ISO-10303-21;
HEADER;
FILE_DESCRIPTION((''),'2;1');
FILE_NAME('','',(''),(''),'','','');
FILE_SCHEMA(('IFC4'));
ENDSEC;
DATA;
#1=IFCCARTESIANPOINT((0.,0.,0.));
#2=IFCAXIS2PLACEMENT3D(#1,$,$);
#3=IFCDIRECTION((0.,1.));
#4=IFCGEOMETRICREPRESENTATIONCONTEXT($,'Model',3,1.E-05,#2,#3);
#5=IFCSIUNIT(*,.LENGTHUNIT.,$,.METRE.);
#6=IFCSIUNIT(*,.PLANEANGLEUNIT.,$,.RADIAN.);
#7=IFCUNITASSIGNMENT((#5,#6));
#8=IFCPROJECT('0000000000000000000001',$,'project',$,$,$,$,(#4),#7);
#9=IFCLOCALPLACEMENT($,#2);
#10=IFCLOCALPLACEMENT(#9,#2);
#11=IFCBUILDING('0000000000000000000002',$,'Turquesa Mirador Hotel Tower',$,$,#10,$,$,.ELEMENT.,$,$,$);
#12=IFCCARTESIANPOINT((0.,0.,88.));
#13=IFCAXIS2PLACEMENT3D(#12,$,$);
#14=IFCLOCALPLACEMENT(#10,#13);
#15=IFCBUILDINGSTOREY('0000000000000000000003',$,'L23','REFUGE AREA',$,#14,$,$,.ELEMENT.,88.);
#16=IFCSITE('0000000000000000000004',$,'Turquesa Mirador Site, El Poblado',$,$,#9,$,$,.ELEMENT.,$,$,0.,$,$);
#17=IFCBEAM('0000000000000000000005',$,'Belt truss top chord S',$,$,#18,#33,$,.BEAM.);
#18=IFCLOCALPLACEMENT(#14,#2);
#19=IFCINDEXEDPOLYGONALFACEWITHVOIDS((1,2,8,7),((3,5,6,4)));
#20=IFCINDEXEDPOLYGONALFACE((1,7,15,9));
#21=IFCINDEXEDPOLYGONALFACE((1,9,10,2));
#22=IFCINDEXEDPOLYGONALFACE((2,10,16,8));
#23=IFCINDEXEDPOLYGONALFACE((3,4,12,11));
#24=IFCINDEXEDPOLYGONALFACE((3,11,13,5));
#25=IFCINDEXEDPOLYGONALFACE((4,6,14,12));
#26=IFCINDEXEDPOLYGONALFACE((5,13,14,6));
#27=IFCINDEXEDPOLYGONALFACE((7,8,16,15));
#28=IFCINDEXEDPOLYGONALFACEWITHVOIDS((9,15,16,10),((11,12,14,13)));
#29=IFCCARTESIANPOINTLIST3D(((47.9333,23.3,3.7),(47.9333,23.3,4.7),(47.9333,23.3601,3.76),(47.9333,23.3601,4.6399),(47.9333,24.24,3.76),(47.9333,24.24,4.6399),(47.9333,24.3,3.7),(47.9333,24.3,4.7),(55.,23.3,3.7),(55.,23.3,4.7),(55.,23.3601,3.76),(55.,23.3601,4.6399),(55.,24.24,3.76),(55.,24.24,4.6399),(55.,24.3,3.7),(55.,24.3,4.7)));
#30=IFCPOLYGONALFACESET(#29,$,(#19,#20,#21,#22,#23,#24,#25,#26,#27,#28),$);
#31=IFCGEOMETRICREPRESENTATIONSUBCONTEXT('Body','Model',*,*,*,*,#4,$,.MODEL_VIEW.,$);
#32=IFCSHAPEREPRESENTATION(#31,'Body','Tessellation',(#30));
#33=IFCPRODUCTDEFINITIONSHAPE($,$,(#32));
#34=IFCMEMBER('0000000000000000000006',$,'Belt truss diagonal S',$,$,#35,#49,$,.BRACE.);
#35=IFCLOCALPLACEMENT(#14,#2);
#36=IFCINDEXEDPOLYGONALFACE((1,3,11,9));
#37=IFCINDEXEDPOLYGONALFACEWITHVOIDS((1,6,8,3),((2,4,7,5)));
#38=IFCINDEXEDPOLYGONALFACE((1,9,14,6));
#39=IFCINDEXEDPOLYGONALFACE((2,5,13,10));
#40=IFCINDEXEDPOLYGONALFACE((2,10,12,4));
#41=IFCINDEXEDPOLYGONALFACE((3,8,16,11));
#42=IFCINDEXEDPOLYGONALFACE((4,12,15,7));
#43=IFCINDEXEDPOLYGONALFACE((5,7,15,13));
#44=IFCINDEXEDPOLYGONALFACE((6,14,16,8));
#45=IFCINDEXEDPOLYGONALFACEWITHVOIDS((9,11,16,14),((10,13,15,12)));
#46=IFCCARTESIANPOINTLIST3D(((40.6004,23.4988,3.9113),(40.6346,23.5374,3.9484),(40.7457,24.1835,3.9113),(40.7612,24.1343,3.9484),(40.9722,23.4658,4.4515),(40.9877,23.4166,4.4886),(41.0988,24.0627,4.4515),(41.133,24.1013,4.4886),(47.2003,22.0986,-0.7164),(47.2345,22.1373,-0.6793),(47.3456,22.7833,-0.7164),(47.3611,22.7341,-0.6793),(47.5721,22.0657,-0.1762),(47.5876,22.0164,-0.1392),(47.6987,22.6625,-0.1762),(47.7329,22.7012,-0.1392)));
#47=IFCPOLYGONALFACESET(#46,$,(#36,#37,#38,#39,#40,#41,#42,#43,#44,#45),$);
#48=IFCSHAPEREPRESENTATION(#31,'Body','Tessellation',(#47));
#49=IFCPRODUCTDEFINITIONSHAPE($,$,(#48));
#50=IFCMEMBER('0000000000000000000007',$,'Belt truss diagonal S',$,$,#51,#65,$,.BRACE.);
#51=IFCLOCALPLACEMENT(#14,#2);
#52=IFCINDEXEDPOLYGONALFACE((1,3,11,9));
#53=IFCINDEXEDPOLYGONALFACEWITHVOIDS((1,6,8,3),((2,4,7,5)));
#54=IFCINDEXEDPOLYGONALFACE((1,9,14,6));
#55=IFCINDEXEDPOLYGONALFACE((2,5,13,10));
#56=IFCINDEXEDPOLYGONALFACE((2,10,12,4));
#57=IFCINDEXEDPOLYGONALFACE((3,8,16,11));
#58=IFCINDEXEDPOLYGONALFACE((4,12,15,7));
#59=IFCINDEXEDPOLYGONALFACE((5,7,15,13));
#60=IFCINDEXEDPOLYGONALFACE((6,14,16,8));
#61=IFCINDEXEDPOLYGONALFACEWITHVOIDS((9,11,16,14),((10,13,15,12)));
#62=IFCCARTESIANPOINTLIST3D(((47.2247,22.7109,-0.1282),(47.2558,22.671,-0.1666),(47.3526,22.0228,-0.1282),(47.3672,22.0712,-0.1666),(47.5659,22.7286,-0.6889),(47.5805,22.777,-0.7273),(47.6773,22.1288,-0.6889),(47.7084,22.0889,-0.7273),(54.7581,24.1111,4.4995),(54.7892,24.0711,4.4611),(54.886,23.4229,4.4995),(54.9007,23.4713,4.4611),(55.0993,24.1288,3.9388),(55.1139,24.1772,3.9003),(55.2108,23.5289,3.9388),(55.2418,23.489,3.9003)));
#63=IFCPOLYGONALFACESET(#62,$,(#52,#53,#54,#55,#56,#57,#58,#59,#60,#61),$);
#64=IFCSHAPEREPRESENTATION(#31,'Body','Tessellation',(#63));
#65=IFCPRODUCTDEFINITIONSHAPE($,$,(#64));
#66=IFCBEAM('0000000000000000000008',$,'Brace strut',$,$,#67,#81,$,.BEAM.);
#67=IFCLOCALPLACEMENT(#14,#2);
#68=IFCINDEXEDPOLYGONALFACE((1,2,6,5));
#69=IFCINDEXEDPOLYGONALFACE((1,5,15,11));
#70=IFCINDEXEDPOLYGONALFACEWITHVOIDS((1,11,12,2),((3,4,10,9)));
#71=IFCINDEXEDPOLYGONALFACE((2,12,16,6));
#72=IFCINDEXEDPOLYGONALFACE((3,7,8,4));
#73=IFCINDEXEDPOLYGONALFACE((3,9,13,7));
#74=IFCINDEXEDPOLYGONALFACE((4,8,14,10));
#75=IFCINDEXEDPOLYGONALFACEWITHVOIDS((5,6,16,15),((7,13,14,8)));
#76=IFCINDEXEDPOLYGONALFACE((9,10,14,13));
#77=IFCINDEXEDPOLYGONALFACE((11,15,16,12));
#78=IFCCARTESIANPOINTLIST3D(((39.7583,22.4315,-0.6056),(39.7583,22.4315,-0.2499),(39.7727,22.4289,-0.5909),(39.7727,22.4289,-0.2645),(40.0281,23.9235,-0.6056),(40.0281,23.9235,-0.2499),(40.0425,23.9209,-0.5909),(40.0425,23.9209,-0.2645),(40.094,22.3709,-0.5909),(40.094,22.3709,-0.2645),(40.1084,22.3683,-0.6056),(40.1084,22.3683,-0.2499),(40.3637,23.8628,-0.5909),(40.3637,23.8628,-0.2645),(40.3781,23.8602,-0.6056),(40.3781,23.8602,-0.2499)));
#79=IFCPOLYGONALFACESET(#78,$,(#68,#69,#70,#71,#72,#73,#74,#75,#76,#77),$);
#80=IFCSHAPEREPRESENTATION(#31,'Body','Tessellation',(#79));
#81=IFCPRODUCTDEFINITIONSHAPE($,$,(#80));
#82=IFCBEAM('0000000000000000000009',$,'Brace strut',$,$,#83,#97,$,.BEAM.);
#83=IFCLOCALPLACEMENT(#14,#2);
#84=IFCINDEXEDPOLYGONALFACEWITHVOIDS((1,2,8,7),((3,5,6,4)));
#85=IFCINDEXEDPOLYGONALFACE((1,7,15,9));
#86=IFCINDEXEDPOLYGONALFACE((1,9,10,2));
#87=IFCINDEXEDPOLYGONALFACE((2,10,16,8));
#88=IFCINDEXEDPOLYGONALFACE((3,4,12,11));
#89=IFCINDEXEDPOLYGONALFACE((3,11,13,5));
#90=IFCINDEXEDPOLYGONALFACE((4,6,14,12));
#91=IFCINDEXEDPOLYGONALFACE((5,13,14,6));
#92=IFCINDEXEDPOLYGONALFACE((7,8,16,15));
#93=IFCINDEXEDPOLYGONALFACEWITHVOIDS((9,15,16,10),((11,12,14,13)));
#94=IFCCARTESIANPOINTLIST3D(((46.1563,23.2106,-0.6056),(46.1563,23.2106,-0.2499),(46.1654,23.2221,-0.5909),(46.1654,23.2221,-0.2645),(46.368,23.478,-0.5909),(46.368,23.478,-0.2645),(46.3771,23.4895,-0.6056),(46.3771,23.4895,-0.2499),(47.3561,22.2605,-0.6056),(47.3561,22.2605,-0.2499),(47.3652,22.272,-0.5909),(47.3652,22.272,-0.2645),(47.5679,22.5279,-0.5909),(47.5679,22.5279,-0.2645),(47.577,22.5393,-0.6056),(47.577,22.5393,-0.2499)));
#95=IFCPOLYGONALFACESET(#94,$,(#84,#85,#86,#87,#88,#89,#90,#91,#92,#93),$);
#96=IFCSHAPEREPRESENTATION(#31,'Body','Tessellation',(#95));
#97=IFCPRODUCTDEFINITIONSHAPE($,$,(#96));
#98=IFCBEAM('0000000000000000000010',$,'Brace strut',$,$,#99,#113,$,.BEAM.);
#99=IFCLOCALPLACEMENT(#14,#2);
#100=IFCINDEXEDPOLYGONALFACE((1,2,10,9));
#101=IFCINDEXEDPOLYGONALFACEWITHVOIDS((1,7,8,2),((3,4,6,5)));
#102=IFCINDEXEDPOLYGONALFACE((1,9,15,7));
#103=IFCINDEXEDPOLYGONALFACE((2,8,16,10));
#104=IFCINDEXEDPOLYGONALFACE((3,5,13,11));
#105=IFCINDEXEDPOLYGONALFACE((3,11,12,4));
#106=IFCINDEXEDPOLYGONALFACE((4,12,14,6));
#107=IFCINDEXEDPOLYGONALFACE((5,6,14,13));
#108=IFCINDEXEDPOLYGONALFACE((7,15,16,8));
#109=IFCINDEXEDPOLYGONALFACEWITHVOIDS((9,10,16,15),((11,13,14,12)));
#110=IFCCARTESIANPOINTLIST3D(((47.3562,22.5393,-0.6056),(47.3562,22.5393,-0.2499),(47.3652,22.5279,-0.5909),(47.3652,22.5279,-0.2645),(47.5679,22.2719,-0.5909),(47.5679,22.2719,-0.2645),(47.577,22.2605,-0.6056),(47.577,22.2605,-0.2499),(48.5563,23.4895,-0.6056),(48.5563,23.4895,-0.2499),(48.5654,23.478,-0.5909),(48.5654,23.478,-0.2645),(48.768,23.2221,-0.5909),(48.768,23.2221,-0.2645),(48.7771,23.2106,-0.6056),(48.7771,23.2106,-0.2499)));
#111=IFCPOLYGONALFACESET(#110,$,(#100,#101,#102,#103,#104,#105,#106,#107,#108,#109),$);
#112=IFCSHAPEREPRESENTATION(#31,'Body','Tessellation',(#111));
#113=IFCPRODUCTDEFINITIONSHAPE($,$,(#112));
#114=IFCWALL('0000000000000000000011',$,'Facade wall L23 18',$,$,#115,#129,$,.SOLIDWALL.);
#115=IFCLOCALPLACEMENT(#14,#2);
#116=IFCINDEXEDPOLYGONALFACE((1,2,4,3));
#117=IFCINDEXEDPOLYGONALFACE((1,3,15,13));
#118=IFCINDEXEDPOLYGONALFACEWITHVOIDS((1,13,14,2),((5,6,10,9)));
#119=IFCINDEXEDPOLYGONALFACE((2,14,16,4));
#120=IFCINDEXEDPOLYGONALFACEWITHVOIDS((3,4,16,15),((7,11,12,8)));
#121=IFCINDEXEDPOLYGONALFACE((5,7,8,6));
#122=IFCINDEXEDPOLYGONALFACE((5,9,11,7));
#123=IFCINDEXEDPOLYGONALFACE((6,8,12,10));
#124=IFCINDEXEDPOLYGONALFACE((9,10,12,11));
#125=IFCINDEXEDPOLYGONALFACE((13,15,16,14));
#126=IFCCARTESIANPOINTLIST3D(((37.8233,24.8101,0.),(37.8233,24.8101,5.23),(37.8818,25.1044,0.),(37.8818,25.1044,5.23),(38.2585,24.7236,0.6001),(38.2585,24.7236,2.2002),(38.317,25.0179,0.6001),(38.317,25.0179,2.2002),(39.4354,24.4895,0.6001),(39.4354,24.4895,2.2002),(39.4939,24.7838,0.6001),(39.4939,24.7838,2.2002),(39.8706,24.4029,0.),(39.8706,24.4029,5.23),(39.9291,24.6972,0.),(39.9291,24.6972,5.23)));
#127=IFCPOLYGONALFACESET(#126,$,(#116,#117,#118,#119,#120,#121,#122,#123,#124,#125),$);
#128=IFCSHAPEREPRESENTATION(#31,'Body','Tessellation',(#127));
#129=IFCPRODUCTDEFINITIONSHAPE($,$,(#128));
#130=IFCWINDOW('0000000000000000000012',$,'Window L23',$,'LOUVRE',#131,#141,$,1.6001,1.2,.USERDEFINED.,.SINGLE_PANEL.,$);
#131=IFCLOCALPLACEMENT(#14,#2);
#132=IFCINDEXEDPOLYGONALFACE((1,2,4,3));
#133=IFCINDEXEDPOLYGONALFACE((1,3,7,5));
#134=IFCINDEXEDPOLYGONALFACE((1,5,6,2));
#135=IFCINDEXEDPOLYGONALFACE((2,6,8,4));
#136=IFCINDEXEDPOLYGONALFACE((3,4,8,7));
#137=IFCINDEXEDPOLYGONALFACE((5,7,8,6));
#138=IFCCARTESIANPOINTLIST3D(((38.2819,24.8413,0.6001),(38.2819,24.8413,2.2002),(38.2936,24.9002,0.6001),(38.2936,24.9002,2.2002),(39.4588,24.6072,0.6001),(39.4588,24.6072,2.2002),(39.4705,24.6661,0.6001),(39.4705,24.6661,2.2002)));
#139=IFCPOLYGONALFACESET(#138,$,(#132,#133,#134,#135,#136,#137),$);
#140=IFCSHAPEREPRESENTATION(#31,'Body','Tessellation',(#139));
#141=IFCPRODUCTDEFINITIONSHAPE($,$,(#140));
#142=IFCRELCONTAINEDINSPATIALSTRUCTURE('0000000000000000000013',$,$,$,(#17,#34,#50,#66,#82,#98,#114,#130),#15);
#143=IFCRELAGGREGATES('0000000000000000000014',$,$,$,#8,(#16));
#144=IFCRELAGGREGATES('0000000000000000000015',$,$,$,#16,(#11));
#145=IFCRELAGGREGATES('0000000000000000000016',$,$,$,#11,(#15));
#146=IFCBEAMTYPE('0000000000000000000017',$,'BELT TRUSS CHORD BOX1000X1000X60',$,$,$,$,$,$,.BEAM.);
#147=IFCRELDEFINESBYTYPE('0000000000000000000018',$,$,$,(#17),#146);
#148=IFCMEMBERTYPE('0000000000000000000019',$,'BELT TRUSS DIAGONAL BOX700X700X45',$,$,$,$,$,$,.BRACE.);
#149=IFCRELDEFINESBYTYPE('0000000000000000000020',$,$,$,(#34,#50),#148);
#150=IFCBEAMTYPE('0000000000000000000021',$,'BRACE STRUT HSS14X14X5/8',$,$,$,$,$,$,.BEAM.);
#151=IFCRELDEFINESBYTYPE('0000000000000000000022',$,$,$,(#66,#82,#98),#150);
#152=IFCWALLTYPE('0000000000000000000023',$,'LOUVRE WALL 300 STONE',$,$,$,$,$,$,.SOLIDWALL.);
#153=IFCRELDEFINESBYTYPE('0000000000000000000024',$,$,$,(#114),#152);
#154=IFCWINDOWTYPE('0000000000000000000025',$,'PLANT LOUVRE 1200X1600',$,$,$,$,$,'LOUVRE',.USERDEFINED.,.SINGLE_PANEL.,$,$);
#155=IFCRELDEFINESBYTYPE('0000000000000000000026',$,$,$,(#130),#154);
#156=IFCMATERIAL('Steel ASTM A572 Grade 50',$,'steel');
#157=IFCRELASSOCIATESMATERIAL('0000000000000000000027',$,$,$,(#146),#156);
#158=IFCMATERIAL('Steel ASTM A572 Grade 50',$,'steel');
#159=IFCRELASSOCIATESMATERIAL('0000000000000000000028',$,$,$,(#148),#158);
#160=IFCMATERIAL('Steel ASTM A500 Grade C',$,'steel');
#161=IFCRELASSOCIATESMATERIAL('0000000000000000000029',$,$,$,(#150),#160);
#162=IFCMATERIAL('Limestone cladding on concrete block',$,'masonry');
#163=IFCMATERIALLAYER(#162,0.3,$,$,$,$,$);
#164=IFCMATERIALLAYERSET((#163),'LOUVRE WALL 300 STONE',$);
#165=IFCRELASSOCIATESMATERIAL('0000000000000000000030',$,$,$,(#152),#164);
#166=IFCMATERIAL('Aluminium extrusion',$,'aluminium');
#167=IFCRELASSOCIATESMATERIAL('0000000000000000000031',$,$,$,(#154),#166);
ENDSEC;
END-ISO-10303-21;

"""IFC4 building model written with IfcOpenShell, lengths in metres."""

from ifc_helpers import new_model, si_unit, direction, frame, frame_2d, origin, origin_2d, place, context, subcontext, project, spatial, rectangle, hollow_rectangle, extrude, material, layer, layer_set, material_profile, profile_set, type_object, element, fill, save


model = new_model("IFC4")

# Units and contexts
model_context = context("Model", 3, precision=1e-05, world=origin(), true_north=direction((0.0, 1.0)))
body_context = subcontext(model_context, "Body", "Model", "MODEL_VIEW")
ifc_project = project(units=[si_unit("LENGTHUNIT", "METRE"), si_unit("PLANEANGLEUNIT", "RADIAN")], contexts=[model_context])

# Site, building, storey
site_placement = place(None, origin())
site = spatial("IfcSite", under=ifc_project, at=site_placement, Name="Turquesa Mirador Site, El Poblado", CompositionType="ELEMENT", RefElevation=0.0)
building_placement = place(site_placement, origin())
building = spatial("IfcBuilding", under=site, at=building_placement, Name="Turquesa Mirador Hotel Tower", CompositionType="ELEMENT")
storey_placement = place(building_placement, frame((0.0, 0.0, 88.0)))
storey = spatial("IfcBuildingStorey", under=building, at=storey_placement, Name="L23", Description="REFUGE AREA", CompositionType="ELEMENT", Elevation=88.0)

# Beam
ifc_material_1 = material(Name="Steel ASTM A572 Grade 50", Category="steel")
ifc_material_profile_1 = material_profile(ifc_material_1, hollow_rectangle(XDim=1.0, YDim=1.0, WallThickness=0.0601, at=origin_2d()), Name="BOX1000X1000X60")
ifc_profile_set_1 = profile_set([ifc_material_profile_1], Name="Steel ASTM A572 Grade 50")
beam_type_1 = type_object("IfcBeamType", Name="BELT TRUSS CHORD BOX1000X1000X60", PredefinedType="BEAM", material=ifc_profile_set_1)
beam_1_placement = place(storey_placement, frame((47.9333, 23.8, 4.2), z_axis=(1.0, 0.0, 0.0), x_axis=(0.0, 1.0, 0.0)))
element("IfcBeam", 1, at=beam_1_placement, inside=storey, type_object=beam_type_1, Name="Belt truss top chord S", PredefinedType="BEAM", context=body_context, shape_type="SweptSolid", body=[
    extrude(hollow_rectangle(XDim=1.0, YDim=1.0, WallThickness=0.0601, at=origin_2d()), origin(), (0.0, 0.0, 1.0), 7.0667),
])

# Members
ifc_material_2 = material(Name="Steel ASTM A572 Grade 50", Category="steel")
ifc_material_profile_2 = material_profile(ifc_material_2, hollow_rectangle(XDim=0.7, YDim=0.7, WallThickness=0.0449, at=origin_2d()), Name="BOX700X700X45")
ifc_profile_set_2 = profile_set([ifc_material_profile_2], Name="Steel ASTM A572 Grade 50")
member_type = type_object("IfcMemberType", Name="BELT TRUSS DIAGONAL BOX700X700X45", PredefinedType="BRACE", material=ifc_profile_set_2)
member_1_placement = place(storey_placement, frame((40.8667, 23.8, 4.2), z_axis=(0.806698, -0.171139, -0.565641), x_axis=(0.207529, 0.978229, 0.0)))
element("IfcMember", 2, at=member_1_placement, inside=storey, type_object=member_type, Name="Belt truss diagonal S", PredefinedType="BRACE", context=body_context, shape_type="SweptSolid", body=[
    extrude(hollow_rectangle(XDim=0.7, YDim=0.7, WallThickness=0.0449, at=origin_2d()), origin(), (0.0, 0.0, 1.0), 8.1814),
])
member_2_placement = place(storey_placement, frame((47.4666, 22.3999, -0.4277), z_axis=(0.841588, 0.156415, 0.516975), x_axis=(-0.182728, 0.983163, 0.0)))
element("IfcMember", 3, at=member_2_placement, inside=storey, type_object=member_type, Name="Belt truss diagonal S", PredefinedType="BRACE", context=body_context, shape_type="SweptSolid", body=[
    extrude(hollow_rectangle(XDim=0.7, YDim=0.7, WallThickness=0.0449, at=origin_2d()), origin(), (0.0, 0.0, 1.0), 8.9514),
])

# Beams
ifc_material_3 = material(Name="Steel ASTM A500 Grade C", Category="steel")
ifc_material_profile_3 = material_profile(ifc_material_3, hollow_rectangle(XDim=0.3557, YDim=0.3557, WallThickness=0.0146, at=origin_2d()), Name="HSS14X14X5/8")
ifc_profile_set_3 = profile_set([ifc_material_profile_3], Name="Steel ASTM A500 Grade C")
beam_type_2 = type_object("IfcBeamType", Name="BRACE STRUT HSS14X14X5/8", PredefinedType="BEAM", material=ifc_profile_set_3)
beam_2_placement = place(storey_placement, frame((39.9333, 22.3999, -0.4277), z_axis=(0.177936, 0.984042, 0.0), x_axis=(-0.984042, 0.177936, 0.0)))
element("IfcBeam", 4, at=beam_2_placement, inside=storey, type_object=beam_type_2, Name="Brace strut", PredefinedType="BEAM", context=body_context, shape_type="SweptSolid", body=[
    extrude(hollow_rectangle(XDim=0.3557, YDim=0.3557, WallThickness=0.0146, at=origin_2d()), origin(), (0.0, 0.0, 1.0), 1.5161),
])
beam_3_placement = place(storey_placement, frame((47.4666, 22.3999, -0.4277), z_axis=(-0.783971, 0.620797, 0.0), x_axis=(-0.620797, -0.783971, 0.0)))
element("IfcBeam", 5, at=beam_3_placement, inside=storey, type_object=beam_type_2, Name="Brace strut", PredefinedType="BEAM", context=body_context, shape_type="SweptSolid", body=[
    extrude(hollow_rectangle(XDim=0.3557, YDim=0.3557, WallThickness=0.0146, at=origin_2d()), origin(), (0.0, 0.0, 1.0), 1.5305),
])
beam_4_placement = place(storey_placement, frame((47.4666, 22.3999, -0.4277), z_axis=(0.784033, 0.620719, 0.0), x_axis=(-0.620719, 0.784033, 0.0)))
element("IfcBeam", 6, at=beam_4_placement, inside=storey, type_object=beam_type_2, Name="Brace strut", PredefinedType="BEAM", context=body_context, shape_type="SweptSolid", body=[
    extrude(hollow_rectangle(XDim=0.3557, YDim=0.3557, WallThickness=0.0146, at=origin_2d()), origin(), (0.0, 0.0, 1.0), 1.5308),
])

# Wall, opening, window
ifc_material_4 = material(Name="Limestone cladding on concrete block", Category="masonry")
ifc_layer_1 = layer(ifc_material_4, 0.3)
ifc_layer_set_1 = layer_set([ifc_layer_1], Name="LOUVRE WALL 300 STONE")
wall_type_1 = type_object("IfcWallType", Name="LOUVRE WALL 300 STONE", PredefinedType="SOLIDWALL", material=ifc_layer_set_1)
wall_1_placement = place(storey_placement, frame((37.8525, 24.9573, 0.0), z_axis=(0.0, 0.0, 1.0), x_axis=(0.980787, -0.195081, 0.0)))
wall_1 = element("IfcWall", 7, at=wall_1_placement, inside=storey, type_object=wall_type_1, Name="Facade wall L23 18", PredefinedType="SOLIDWALL", context=body_context, shape_type="SweptSolid", body=[
    extrude(rectangle(XDim=2.0874, YDim=0.3, at=frame_2d((1.0437, 0.0))), origin(), (0.0, 0.0, 1.0), 5.23),
])
opening_1_placement = place(wall_1_placement, frame((0.4436, 0.0, 0.6001)))
opening_1 = element("IfcOpeningElement", 8, at=opening_1_placement, cuts=wall_1, PredefinedType="OPENING", context=body_context, shape_type="SweptSolid", body=[
    extrude(rectangle(XDim=1.2, YDim=1.6001, at=frame_2d((0.6001, 0.8))), frame((0.0, 0.1599, 0.0), z_axis=(0.0, -1.0, 0.0), x_axis=(1.0, 0.0, 0.0)), (0.0, 0.0, 1.0), 0.3201),
])
ifc_material_5 = material(Name="Aluminium extrusion", Category="aluminium")
window_type_1 = type_object("IfcWindowType", Name="PLANT LOUVRE 1200X1600", ElementType="LOUVRE", PartitioningType="SINGLE_PANEL", PredefinedType="USERDEFINED", material=ifc_material_5)
window_1_placement = place(opening_1_placement, origin())
window_1 = element("IfcWindow", 9, at=window_1_placement, inside=storey, type_object=window_type_1, Name="Window L23", ObjectType="LOUVRE", OverallHeight=1.6001, OverallWidth=1.2, PartitioningType="SINGLE_PANEL", PredefinedType="USERDEFINED", context=body_context, shape_type="SweptSolid", body=[
    extrude(rectangle(XDim=1.2, YDim=1.6001, at=frame_2d((0.6001, 0.8))), frame((0.0, 0.03, 0.0), z_axis=(0.0, -1.0, 0.0), x_axis=(1.0, 0.0, 0.0)), (0.0, 0.0, 1.0), 0.0601),
])
fill(opening_1, window_1)

save(model, "model.ifc")
